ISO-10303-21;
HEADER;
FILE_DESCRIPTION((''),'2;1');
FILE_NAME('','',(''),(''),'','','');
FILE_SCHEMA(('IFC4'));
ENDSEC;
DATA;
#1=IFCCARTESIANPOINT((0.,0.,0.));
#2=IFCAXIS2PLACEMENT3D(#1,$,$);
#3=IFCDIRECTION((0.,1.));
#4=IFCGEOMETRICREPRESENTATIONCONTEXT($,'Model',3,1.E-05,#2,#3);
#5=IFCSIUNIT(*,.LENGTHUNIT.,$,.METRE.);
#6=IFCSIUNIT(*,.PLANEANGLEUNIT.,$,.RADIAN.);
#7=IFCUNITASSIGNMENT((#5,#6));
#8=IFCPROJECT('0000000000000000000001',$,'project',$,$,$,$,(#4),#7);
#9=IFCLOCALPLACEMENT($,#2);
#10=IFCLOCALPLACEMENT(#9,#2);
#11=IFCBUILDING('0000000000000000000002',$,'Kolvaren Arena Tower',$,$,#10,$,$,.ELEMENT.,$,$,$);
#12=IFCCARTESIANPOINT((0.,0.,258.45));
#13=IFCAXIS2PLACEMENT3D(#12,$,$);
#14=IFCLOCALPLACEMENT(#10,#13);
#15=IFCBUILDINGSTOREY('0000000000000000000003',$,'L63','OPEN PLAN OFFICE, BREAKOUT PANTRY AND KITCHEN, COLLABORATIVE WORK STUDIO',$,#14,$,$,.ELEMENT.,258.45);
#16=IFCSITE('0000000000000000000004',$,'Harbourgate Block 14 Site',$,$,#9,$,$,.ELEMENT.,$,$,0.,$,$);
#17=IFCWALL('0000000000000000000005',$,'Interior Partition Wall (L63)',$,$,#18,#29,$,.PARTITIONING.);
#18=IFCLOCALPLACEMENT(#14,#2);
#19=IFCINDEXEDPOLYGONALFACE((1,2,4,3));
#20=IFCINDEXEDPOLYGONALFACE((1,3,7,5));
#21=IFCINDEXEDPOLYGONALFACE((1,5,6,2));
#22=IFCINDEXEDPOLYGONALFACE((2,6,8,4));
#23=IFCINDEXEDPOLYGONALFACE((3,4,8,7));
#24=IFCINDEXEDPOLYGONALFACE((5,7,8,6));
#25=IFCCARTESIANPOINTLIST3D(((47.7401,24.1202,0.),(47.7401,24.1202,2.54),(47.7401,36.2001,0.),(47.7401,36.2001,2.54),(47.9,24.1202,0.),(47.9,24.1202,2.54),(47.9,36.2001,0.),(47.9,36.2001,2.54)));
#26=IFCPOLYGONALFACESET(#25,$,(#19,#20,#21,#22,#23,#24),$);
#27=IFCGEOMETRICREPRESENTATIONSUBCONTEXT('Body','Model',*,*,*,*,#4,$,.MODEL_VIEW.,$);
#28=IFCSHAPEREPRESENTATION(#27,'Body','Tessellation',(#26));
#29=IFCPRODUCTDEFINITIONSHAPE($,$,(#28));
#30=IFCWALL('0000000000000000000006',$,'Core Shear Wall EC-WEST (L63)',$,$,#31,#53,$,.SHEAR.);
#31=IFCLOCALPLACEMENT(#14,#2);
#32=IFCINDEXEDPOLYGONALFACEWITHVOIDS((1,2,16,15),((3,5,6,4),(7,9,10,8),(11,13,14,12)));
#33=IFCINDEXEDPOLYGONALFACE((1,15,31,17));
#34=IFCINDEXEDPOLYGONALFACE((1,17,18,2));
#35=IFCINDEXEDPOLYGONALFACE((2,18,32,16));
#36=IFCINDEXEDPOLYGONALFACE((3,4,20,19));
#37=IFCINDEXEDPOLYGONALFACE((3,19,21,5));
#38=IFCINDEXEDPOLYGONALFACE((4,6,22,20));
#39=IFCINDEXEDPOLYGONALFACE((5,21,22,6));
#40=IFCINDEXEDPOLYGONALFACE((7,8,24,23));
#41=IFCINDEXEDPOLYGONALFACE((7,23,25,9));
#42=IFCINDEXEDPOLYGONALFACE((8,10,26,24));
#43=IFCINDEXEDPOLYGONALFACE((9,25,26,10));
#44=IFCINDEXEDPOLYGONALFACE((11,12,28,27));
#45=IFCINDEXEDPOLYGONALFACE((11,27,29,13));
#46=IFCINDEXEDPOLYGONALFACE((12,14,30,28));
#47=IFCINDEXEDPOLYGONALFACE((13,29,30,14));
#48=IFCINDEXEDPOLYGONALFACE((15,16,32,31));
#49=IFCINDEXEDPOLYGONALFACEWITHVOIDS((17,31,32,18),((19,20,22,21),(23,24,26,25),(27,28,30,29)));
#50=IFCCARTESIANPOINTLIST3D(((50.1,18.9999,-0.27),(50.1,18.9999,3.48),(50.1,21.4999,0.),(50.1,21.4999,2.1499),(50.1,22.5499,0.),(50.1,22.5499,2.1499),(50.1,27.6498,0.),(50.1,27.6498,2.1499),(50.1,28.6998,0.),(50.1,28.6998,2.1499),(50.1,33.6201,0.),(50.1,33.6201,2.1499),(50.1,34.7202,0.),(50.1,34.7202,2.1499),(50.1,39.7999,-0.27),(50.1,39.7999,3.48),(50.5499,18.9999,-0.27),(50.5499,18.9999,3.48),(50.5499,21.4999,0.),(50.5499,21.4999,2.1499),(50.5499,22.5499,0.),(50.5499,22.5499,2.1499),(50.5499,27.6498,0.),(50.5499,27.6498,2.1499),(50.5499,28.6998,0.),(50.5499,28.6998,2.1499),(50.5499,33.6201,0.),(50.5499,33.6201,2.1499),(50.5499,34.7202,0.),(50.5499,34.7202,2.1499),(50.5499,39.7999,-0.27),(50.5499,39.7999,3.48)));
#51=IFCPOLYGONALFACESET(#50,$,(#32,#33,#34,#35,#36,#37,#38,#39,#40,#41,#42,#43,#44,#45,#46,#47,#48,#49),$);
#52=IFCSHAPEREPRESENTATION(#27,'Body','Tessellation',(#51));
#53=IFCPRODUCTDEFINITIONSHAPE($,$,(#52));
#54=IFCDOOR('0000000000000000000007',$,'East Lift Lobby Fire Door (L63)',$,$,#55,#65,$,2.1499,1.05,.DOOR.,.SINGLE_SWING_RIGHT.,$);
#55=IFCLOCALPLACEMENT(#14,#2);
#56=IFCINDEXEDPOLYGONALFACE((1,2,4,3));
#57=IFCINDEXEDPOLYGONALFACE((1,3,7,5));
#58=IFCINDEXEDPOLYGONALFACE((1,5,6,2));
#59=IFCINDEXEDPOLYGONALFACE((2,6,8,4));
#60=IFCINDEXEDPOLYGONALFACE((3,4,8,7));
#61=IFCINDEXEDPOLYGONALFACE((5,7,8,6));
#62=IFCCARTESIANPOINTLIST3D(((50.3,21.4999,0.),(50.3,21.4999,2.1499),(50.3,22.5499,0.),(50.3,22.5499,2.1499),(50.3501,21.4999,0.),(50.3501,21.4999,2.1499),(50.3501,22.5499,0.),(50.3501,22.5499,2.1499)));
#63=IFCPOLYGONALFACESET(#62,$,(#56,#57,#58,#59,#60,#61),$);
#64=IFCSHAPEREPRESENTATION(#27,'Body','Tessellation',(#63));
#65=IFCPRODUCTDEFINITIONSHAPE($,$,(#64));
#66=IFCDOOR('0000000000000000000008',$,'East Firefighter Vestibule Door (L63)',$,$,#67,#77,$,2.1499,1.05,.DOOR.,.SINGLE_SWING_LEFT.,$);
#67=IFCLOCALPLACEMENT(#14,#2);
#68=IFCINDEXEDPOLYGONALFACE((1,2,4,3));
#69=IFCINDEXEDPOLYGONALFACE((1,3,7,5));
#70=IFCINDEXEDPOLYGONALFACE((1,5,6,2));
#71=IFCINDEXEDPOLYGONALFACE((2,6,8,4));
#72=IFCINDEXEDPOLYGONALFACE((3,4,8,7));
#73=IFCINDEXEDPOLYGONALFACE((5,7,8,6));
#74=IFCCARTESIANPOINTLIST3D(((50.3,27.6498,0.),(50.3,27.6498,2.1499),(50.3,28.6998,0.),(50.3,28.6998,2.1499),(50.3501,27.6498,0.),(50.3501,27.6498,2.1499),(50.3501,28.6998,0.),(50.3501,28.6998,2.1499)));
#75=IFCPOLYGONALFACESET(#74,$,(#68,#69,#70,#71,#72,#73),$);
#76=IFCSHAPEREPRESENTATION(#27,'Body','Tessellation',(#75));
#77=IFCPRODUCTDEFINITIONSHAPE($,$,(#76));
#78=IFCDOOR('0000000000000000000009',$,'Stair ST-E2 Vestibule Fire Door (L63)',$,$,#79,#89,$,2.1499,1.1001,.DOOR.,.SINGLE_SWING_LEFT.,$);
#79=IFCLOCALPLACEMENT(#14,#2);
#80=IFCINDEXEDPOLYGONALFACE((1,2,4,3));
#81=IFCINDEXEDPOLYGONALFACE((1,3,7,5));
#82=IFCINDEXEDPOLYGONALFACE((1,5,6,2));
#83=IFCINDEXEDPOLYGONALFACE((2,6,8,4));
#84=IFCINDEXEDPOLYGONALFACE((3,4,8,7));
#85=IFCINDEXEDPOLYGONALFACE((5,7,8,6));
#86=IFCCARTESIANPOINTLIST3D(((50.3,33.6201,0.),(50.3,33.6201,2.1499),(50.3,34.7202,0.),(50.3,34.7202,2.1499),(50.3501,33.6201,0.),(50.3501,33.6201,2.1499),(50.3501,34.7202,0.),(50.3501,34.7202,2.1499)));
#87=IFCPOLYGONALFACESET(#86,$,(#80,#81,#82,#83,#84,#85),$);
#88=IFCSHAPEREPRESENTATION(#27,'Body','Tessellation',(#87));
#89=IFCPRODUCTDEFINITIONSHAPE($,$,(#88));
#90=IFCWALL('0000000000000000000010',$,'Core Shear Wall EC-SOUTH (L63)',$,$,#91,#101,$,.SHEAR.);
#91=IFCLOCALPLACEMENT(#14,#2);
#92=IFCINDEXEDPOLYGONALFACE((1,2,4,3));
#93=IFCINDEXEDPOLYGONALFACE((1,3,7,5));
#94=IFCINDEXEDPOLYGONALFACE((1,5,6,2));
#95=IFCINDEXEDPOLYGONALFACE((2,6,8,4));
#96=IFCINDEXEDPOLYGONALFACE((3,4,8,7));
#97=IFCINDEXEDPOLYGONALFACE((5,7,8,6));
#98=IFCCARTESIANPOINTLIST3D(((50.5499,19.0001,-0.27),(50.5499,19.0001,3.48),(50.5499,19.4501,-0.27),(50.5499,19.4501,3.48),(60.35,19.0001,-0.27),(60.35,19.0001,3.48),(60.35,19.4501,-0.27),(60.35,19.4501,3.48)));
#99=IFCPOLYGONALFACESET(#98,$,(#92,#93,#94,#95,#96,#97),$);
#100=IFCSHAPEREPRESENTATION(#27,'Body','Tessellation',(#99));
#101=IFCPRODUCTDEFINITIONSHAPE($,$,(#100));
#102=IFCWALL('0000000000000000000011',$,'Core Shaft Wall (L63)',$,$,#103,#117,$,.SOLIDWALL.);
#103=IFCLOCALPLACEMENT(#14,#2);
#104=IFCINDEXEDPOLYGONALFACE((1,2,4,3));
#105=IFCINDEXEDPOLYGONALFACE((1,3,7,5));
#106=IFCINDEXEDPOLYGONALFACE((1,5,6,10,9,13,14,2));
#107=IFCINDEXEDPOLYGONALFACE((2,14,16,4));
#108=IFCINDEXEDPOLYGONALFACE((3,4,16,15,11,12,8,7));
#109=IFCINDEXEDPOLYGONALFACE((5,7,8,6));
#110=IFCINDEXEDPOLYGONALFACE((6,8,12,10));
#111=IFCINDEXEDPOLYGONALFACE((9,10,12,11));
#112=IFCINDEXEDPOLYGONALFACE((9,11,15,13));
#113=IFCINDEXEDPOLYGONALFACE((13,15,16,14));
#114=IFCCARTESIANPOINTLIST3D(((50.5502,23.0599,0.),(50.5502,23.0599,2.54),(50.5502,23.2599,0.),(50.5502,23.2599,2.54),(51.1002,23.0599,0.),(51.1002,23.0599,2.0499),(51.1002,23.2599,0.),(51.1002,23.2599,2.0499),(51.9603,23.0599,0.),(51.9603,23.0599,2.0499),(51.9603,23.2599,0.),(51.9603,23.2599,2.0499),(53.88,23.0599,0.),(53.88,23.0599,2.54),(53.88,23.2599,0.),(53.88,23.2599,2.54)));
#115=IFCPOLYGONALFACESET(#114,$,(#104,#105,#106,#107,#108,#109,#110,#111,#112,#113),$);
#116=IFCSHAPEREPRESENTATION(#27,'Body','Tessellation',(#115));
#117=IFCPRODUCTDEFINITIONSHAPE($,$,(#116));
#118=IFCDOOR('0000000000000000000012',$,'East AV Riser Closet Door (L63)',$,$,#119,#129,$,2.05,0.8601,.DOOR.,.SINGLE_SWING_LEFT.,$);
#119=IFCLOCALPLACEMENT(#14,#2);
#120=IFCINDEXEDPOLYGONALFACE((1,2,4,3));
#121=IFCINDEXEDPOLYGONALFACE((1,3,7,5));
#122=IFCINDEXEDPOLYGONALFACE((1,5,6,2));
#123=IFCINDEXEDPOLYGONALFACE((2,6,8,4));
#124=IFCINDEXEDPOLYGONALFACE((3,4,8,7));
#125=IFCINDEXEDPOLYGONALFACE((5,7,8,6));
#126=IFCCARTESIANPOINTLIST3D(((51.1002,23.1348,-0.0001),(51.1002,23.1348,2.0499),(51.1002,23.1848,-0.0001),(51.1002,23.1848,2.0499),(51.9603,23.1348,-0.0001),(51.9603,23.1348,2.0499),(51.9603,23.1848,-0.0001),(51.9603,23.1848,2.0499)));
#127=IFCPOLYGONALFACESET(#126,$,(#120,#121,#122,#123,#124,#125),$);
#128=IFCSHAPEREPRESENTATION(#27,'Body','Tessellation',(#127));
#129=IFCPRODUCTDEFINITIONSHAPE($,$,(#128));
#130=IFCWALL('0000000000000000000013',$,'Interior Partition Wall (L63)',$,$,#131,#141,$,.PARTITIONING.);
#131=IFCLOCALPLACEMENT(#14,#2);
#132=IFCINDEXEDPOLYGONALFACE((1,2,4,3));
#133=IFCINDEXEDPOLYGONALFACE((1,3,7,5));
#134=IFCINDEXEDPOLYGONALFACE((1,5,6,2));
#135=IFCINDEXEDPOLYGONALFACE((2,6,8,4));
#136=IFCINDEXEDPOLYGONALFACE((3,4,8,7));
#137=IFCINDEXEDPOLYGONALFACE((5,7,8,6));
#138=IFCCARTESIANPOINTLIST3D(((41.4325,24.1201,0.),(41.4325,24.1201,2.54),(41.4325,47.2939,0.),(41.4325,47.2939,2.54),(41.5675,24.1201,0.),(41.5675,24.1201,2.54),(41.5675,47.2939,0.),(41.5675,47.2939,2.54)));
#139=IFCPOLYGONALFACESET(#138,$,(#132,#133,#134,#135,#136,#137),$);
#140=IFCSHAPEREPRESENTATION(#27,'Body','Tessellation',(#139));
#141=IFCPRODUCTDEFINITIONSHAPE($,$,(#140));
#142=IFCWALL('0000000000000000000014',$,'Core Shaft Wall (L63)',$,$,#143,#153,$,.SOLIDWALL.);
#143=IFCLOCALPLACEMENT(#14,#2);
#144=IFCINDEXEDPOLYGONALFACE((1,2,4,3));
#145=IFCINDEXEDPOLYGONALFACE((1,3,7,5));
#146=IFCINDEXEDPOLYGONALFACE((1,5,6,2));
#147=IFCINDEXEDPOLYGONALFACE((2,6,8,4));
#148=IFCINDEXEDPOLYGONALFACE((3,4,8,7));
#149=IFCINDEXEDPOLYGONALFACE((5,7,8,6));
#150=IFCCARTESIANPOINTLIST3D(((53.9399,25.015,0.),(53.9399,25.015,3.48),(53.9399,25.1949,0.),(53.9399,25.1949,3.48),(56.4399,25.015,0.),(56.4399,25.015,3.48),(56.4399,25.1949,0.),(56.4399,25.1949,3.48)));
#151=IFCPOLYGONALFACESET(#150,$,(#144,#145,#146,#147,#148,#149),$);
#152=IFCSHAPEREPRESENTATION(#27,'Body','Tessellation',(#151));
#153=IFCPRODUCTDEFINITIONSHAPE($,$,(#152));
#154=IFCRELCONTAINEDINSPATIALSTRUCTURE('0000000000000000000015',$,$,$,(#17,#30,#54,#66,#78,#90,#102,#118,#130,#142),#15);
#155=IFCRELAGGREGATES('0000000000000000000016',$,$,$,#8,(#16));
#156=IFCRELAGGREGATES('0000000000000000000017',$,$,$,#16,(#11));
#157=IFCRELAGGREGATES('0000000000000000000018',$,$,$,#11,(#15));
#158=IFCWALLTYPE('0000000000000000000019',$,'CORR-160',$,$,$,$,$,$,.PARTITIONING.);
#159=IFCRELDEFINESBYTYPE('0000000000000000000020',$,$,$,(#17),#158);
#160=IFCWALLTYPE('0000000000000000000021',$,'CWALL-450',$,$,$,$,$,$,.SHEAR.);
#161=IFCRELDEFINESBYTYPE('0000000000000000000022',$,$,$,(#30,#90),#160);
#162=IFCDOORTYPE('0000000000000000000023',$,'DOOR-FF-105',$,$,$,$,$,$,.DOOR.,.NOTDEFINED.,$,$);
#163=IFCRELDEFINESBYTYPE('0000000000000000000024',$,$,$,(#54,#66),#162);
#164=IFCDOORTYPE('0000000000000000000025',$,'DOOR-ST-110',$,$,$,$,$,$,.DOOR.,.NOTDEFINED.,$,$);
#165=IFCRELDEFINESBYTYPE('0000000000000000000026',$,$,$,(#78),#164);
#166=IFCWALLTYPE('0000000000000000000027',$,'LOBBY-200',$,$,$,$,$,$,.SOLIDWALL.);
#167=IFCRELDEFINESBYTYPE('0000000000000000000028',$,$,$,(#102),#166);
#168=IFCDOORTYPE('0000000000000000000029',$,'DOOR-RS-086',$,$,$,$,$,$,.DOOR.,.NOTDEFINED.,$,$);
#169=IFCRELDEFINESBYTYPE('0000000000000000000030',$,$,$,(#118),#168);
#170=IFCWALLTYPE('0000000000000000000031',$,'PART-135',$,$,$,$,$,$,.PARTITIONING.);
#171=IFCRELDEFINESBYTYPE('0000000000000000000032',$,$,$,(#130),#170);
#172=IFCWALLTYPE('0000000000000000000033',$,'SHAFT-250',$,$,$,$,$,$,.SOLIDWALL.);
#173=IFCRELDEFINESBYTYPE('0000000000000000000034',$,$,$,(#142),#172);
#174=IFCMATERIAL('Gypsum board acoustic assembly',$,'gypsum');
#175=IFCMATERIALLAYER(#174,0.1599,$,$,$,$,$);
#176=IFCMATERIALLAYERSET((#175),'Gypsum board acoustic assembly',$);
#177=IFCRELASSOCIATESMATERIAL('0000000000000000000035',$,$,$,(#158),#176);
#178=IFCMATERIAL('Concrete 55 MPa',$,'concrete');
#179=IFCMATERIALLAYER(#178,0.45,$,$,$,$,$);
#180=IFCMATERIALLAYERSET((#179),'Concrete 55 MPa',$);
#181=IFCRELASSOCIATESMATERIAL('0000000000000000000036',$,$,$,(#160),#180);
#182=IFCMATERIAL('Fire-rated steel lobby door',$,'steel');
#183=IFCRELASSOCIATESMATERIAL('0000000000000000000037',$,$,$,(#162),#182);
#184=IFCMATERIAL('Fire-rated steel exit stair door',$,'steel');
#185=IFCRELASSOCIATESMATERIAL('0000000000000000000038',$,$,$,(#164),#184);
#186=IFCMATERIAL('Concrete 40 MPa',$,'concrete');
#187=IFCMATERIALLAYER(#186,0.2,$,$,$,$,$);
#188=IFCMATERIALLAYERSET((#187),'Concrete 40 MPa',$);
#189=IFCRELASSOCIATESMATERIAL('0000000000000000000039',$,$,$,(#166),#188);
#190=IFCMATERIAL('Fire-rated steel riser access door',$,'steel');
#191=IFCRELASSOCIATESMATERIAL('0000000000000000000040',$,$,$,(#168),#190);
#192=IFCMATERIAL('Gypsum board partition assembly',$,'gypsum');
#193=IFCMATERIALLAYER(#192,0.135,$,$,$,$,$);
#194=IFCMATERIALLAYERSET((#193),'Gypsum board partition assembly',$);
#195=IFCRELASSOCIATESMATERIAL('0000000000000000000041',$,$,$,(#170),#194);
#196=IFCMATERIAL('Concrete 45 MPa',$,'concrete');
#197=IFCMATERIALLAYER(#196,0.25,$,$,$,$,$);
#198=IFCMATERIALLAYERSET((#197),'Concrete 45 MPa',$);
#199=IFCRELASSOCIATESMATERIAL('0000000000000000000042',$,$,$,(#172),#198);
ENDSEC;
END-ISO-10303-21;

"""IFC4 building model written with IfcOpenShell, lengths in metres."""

from ifc_helpers import new_model, si_unit, direction, frame, frame_2d, origin, place, context, subcontext, project, spatial, rectangle, extrude, material, layer, layer_set, type_object, element, fill, save


model = new_model("IFC4")

# Units and contexts
model_context = context("Model", 3, precision=1e-05, world=origin(), true_north=direction((0.0, 1.0)))
body_context = subcontext(model_context, "Body", "Model", "MODEL_VIEW")
ifc_project = project(units=[si_unit("LENGTHUNIT", "METRE"), si_unit("PLANEANGLEUNIT", "RADIAN")], contexts=[model_context])

# Site, building, storey
site_placement = place(None, origin())
site = spatial("IfcSite", under=ifc_project, at=site_placement, Name="Harbourgate Block 14 Site", CompositionType="ELEMENT", RefElevation=0.0)
building_placement = place(site_placement, origin())
building = spatial("IfcBuilding", under=site, at=building_placement, Name="Kolvaren Arena Tower", CompositionType="ELEMENT")
storey_placement = place(building_placement, frame((0.0, 0.0, 258.45)))
storey = spatial("IfcBuildingStorey", under=building, at=storey_placement, Name="L63", Description="OPEN PLAN OFFICE, BREAKOUT PANTRY AND KITCHEN, COLLABORATIVE WORK STUDIO", CompositionType="ELEMENT", Elevation=258.45)

# Wall
ifc_material_1 = material(Name="Gypsum board acoustic assembly", Category="gypsum")
ifc_layer_1 = layer(ifc_material_1, 0.1599)
ifc_layer_set_1 = layer_set([ifc_layer_1], Name="Gypsum board acoustic assembly")
wall_type_1 = type_object("IfcWallType", Name="CORR-160", PredefinedType="PARTITIONING", material=ifc_layer_set_1)
wall_1_placement = place(storey_placement, frame((47.8201, 24.1201, 0.0), z_axis=(0.0, 0.0, 1.0), x_axis=(0.0, 1.0, 0.0)))
element("IfcWall", 1, at=wall_1_placement, inside=storey, type_object=wall_type_1, Name="Interior Partition Wall (L63)", PredefinedType="PARTITIONING", context=body_context, shape_type="SweptSolid", body=[
    extrude(rectangle(XDim=12.0798, YDim=0.1599, at=frame_2d((6.04, 0.0))), origin(), (0.0, 0.0, 1.0), 2.54),
])

# Wall, openings, doors
ifc_material_2 = material(Name="Concrete 55 MPa", Category="concrete")
ifc_layer_2 = layer(ifc_material_2, 0.45)
ifc_layer_set_2 = layer_set([ifc_layer_2], Name="Concrete 55 MPa")
wall_type_2 = type_object("IfcWallType", Name="CWALL-450", PredefinedType="SHEAR", material=ifc_layer_set_2)
wall_2_placement = place(storey_placement, frame((50.325, 19.0, -0.27), z_axis=(0.0, 0.0, 1.0), x_axis=(0.0, 1.0, 0.0)))
wall_2 = element("IfcWall", 2, at=wall_2_placement, inside=storey, type_object=wall_type_2, Name="Core Shear Wall EC-WEST (L63)", PredefinedType="SHEAR", context=body_context, shape_type="SweptSolid", body=[
    extrude(rectangle(XDim=20.8, YDim=0.45, at=frame_2d((10.3999, 0.0))), origin(), (0.0, 0.0, 1.0), 3.75),
])
opening_1_placement = place(wall_2_placement, frame((2.5, 0.0, 0.27)))
opening_1 = element("IfcOpeningElement", 3, at=opening_1_placement, cuts=wall_2, PredefinedType="OPENING", context=body_context, shape_type="SweptSolid", body=[
    extrude(rectangle(XDim=1.05, YDim=2.1499, at=frame_2d((0.5249, 1.075))), frame((0.0, 0.2349, 0.0), z_axis=(0.0, -1.0, 0.0), x_axis=(1.0, 0.0, 0.0)), (0.0, 0.0, 1.0), 0.47),
])
opening_2_placement = place(wall_2_placement, frame((8.6499, 0.0, 0.27)))
opening_2 = element("IfcOpeningElement", 4, at=opening_2_placement, cuts=wall_2, PredefinedType="OPENING", context=body_context, shape_type="SweptSolid", body=[
    extrude(rectangle(XDim=1.05, YDim=2.1499, at=frame_2d((0.5249, 1.075))), frame((0.0, 0.2349, 0.0), z_axis=(0.0, -1.0, 0.0), x_axis=(1.0, 0.0, 0.0)), (0.0, 0.0, 1.0), 0.47),
])
opening_3_placement = place(wall_2_placement, frame((14.6201, 0.0, 0.27)))
opening_3 = element("IfcOpeningElement", 5, at=opening_3_placement, cuts=wall_2, PredefinedType="OPENING", context=body_context, shape_type="SweptSolid", body=[
    extrude(rectangle(XDim=1.1001, YDim=2.1499, at=frame_2d((0.55, 1.075))), frame((0.0, 0.2349, 0.0), z_axis=(0.0, -1.0, 0.0), x_axis=(1.0, 0.0, 0.0)), (0.0, 0.0, 1.0), 0.47),
])
ifc_material_3 = material(Name="Fire-rated steel lobby door", Category="steel")
door_type_1 = type_object("IfcDoorType", Name="DOOR-FF-105", OperationType="NOTDEFINED", PredefinedType="DOOR", material=ifc_material_3)
door_1_placement = place(opening_1_placement, origin())
door_1 = element("IfcDoor", 6, at=door_1_placement, inside=storey, type_object=door_type_1, Name="East Lift Lobby Fire Door (L63)", OperationType="SINGLE_SWING_RIGHT", OverallHeight=2.1499, OverallWidth=1.05, PredefinedType="DOOR", context=body_context, shape_type="SweptSolid", body=[
    extrude(rectangle(XDim=1.05, YDim=2.1499, at=frame_2d((0.5249, 1.075))), frame((0.0, 0.0249, 0.0), z_axis=(0.0, -1.0, 0.0), x_axis=(1.0, 0.0, 0.0)), (0.0, 0.0, 1.0), 0.05),
])
fill(opening_1, door_1)
door_2_placement = place(opening_2_placement, origin())
door_2 = element("IfcDoor", 7, at=door_2_placement, inside=storey, type_object=door_type_1, Name="East Firefighter Vestibule Door (L63)", OperationType="SINGLE_SWING_LEFT", OverallHeight=2.1499, OverallWidth=1.05, PredefinedType="DOOR", context=body_context, shape_type="SweptSolid", body=[
    extrude(rectangle(XDim=1.05, YDim=2.1499, at=frame_2d((0.5249, 1.075))), frame((0.0, 0.0249, 0.0), z_axis=(0.0, -1.0, 0.0), x_axis=(1.0, 0.0, 0.0)), (0.0, 0.0, 1.0), 0.05),
])
fill(opening_2, door_2)
ifc_material_4 = material(Name="Fire-rated steel exit stair door", Category="steel")
door_type_2 = type_object("IfcDoorType", Name="DOOR-ST-110", OperationType="NOTDEFINED", PredefinedType="DOOR", material=ifc_material_4)
door_3_placement = place(opening_3_placement, origin())
door_3 = element("IfcDoor", 8, at=door_3_placement, inside=storey, type_object=door_type_2, Name="Stair ST-E2 Vestibule Fire Door (L63)", OperationType="SINGLE_SWING_LEFT", OverallHeight=2.1499, OverallWidth=1.1001, PredefinedType="DOOR", context=body_context, shape_type="SweptSolid", body=[
    extrude(rectangle(XDim=1.1001, YDim=2.1499, at=frame_2d((0.55, 1.075))), frame((0.0, 0.0249, 0.0), z_axis=(0.0, -1.0, 0.0), x_axis=(1.0, 0.0, 0.0)), (0.0, 0.0, 1.0), 0.05),
])
fill(opening_3, door_3)

# Wall
wall_3_placement = place(storey_placement, frame((50.55, 19.2251, -0.27), z_axis=(0.0, 0.0, 1.0), x_axis=(1.0, 0.0, 0.0)))
element("IfcWall", 9, at=wall_3_placement, inside=storey, type_object=wall_type_2, Name="Core Shear Wall EC-SOUTH (L63)", PredefinedType="SHEAR", context=body_context, shape_type="SweptSolid", body=[
    extrude(rectangle(XDim=9.8, YDim=0.45, at=frame_2d((4.8999, 0.0))), origin(), (0.0, 0.0, 1.0), 3.75),
])

# Shared definitions
ifc_material_5 = material(Name="Concrete 40 MPa", Category="concrete")
ifc_layer_3 = layer(ifc_material_5, 0.2)
ifc_layer_set_3 = layer_set([ifc_layer_3], Name="Concrete 40 MPa")
wall_type_3 = type_object("IfcWallType", Name="LOBBY-200", PredefinedType="SOLIDWALL", material=ifc_layer_set_3)

# Wall, opening, door
wall_4_placement = place(storey_placement, frame((50.55, 23.1599, 0.0), z_axis=(0.0, 0.0, 1.0), x_axis=(1.0, 0.0, 0.0)))
wall_4 = element("IfcWall", 10, at=wall_4_placement, inside=storey, type_object=wall_type_3, Name="Core Shaft Wall (L63)", PredefinedType="SOLIDWALL", context=body_context, shape_type="SweptSolid", body=[
    extrude(rectangle(XDim=3.3298, YDim=0.2, at=frame_2d((1.665, 0.0))), origin(), (0.0, 0.0, 1.0), 2.54),
])
opening_4_placement = place(wall_4_placement, frame((0.55, 0.0, 0.0)))
opening_4 = element("IfcOpeningElement", 11, at=opening_4_placement, cuts=wall_4, PredefinedType="OPENING", context=body_context, shape_type="SweptSolid", body=[
    extrude(rectangle(XDim=0.8601, YDim=2.05, at=frame_2d((0.4302, 1.0249))), frame((0.0, 0.1099, 0.0), z_axis=(0.0, -1.0, 0.0), x_axis=(1.0, 0.0, 0.0)), (0.0, 0.0, 1.0), 0.22),
])
ifc_material_6 = material(Name="Fire-rated steel riser access door", Category="steel")
door_type_3 = type_object("IfcDoorType", Name="DOOR-RS-086", OperationType="NOTDEFINED", PredefinedType="DOOR", material=ifc_material_6)
door_4_placement = place(opening_4_placement, origin())
door_4 = element("IfcDoor", 12, at=door_4_placement, inside=storey, type_object=door_type_3, Name="East AV Riser Closet Door (L63)", OperationType="SINGLE_SWING_LEFT", OverallHeight=2.05, OverallWidth=0.8601, PredefinedType="DOOR", context=body_context, shape_type="SweptSolid", body=[
    extrude(rectangle(XDim=0.8601, YDim=2.05, at=frame_2d((0.4302, 1.0249))), frame((0.0, 0.0249, 0.0), z_axis=(0.0, -1.0, 0.0), x_axis=(1.0, 0.0, 0.0)), (0.0, 0.0, 1.0), 0.05),
])
fill(opening_4, door_4)

# Walls
ifc_material_7 = material(Name="Gypsum board partition assembly", Category="gypsum")
ifc_layer_4 = layer(ifc_material_7, 0.135)
ifc_layer_set_4 = layer_set([ifc_layer_4], Name="Gypsum board partition assembly")
wall_type_4 = type_object("IfcWallType", Name="PART-135", PredefinedType="PARTITIONING", material=ifc_layer_set_4)
wall_5_placement = place(storey_placement, frame((41.5, 24.1201, 0.0), z_axis=(0.0, 0.0, 1.0), x_axis=(0.0, 1.0, 0.0)))
element("IfcWall", 13, at=wall_5_placement, inside=storey, type_object=wall_type_4, Name="Interior Partition Wall (L63)", PredefinedType="PARTITIONING", context=body_context, shape_type="SweptSolid", body=[
    extrude(rectangle(XDim=23.1738, YDim=0.135, at=frame_2d((11.5869, 0.0))), origin(), (0.0, 0.0, 1.0), 2.54),
])
ifc_material_8 = material(Name="Concrete 45 MPa", Category="concrete")
ifc_layer_5 = layer(ifc_material_8, 0.25)
ifc_layer_set_5 = layer_set([ifc_layer_5], Name="Concrete 45 MPa")
wall_type_5 = type_object("IfcWallType", Name="SHAFT-250", PredefinedType="SOLIDWALL", material=ifc_layer_set_5)
wall_6_placement = place(storey_placement, frame((53.9399, 25.105, 0.0), z_axis=(0.0, 0.0, 1.0), x_axis=(1.0, 0.0, 0.0)))
element("IfcWall", 14, at=wall_6_placement, inside=storey, type_object=wall_type_5, Name="Core Shaft Wall (L63)", PredefinedType="SOLIDWALL", context=body_context, shape_type="SweptSolid", body=[
    extrude(rectangle(XDim=2.5, YDim=0.1799, at=frame_2d((1.25, 0.0))), origin(), (0.0, 0.0, 1.0), 3.48),
])

save(model, "model.ifc")
